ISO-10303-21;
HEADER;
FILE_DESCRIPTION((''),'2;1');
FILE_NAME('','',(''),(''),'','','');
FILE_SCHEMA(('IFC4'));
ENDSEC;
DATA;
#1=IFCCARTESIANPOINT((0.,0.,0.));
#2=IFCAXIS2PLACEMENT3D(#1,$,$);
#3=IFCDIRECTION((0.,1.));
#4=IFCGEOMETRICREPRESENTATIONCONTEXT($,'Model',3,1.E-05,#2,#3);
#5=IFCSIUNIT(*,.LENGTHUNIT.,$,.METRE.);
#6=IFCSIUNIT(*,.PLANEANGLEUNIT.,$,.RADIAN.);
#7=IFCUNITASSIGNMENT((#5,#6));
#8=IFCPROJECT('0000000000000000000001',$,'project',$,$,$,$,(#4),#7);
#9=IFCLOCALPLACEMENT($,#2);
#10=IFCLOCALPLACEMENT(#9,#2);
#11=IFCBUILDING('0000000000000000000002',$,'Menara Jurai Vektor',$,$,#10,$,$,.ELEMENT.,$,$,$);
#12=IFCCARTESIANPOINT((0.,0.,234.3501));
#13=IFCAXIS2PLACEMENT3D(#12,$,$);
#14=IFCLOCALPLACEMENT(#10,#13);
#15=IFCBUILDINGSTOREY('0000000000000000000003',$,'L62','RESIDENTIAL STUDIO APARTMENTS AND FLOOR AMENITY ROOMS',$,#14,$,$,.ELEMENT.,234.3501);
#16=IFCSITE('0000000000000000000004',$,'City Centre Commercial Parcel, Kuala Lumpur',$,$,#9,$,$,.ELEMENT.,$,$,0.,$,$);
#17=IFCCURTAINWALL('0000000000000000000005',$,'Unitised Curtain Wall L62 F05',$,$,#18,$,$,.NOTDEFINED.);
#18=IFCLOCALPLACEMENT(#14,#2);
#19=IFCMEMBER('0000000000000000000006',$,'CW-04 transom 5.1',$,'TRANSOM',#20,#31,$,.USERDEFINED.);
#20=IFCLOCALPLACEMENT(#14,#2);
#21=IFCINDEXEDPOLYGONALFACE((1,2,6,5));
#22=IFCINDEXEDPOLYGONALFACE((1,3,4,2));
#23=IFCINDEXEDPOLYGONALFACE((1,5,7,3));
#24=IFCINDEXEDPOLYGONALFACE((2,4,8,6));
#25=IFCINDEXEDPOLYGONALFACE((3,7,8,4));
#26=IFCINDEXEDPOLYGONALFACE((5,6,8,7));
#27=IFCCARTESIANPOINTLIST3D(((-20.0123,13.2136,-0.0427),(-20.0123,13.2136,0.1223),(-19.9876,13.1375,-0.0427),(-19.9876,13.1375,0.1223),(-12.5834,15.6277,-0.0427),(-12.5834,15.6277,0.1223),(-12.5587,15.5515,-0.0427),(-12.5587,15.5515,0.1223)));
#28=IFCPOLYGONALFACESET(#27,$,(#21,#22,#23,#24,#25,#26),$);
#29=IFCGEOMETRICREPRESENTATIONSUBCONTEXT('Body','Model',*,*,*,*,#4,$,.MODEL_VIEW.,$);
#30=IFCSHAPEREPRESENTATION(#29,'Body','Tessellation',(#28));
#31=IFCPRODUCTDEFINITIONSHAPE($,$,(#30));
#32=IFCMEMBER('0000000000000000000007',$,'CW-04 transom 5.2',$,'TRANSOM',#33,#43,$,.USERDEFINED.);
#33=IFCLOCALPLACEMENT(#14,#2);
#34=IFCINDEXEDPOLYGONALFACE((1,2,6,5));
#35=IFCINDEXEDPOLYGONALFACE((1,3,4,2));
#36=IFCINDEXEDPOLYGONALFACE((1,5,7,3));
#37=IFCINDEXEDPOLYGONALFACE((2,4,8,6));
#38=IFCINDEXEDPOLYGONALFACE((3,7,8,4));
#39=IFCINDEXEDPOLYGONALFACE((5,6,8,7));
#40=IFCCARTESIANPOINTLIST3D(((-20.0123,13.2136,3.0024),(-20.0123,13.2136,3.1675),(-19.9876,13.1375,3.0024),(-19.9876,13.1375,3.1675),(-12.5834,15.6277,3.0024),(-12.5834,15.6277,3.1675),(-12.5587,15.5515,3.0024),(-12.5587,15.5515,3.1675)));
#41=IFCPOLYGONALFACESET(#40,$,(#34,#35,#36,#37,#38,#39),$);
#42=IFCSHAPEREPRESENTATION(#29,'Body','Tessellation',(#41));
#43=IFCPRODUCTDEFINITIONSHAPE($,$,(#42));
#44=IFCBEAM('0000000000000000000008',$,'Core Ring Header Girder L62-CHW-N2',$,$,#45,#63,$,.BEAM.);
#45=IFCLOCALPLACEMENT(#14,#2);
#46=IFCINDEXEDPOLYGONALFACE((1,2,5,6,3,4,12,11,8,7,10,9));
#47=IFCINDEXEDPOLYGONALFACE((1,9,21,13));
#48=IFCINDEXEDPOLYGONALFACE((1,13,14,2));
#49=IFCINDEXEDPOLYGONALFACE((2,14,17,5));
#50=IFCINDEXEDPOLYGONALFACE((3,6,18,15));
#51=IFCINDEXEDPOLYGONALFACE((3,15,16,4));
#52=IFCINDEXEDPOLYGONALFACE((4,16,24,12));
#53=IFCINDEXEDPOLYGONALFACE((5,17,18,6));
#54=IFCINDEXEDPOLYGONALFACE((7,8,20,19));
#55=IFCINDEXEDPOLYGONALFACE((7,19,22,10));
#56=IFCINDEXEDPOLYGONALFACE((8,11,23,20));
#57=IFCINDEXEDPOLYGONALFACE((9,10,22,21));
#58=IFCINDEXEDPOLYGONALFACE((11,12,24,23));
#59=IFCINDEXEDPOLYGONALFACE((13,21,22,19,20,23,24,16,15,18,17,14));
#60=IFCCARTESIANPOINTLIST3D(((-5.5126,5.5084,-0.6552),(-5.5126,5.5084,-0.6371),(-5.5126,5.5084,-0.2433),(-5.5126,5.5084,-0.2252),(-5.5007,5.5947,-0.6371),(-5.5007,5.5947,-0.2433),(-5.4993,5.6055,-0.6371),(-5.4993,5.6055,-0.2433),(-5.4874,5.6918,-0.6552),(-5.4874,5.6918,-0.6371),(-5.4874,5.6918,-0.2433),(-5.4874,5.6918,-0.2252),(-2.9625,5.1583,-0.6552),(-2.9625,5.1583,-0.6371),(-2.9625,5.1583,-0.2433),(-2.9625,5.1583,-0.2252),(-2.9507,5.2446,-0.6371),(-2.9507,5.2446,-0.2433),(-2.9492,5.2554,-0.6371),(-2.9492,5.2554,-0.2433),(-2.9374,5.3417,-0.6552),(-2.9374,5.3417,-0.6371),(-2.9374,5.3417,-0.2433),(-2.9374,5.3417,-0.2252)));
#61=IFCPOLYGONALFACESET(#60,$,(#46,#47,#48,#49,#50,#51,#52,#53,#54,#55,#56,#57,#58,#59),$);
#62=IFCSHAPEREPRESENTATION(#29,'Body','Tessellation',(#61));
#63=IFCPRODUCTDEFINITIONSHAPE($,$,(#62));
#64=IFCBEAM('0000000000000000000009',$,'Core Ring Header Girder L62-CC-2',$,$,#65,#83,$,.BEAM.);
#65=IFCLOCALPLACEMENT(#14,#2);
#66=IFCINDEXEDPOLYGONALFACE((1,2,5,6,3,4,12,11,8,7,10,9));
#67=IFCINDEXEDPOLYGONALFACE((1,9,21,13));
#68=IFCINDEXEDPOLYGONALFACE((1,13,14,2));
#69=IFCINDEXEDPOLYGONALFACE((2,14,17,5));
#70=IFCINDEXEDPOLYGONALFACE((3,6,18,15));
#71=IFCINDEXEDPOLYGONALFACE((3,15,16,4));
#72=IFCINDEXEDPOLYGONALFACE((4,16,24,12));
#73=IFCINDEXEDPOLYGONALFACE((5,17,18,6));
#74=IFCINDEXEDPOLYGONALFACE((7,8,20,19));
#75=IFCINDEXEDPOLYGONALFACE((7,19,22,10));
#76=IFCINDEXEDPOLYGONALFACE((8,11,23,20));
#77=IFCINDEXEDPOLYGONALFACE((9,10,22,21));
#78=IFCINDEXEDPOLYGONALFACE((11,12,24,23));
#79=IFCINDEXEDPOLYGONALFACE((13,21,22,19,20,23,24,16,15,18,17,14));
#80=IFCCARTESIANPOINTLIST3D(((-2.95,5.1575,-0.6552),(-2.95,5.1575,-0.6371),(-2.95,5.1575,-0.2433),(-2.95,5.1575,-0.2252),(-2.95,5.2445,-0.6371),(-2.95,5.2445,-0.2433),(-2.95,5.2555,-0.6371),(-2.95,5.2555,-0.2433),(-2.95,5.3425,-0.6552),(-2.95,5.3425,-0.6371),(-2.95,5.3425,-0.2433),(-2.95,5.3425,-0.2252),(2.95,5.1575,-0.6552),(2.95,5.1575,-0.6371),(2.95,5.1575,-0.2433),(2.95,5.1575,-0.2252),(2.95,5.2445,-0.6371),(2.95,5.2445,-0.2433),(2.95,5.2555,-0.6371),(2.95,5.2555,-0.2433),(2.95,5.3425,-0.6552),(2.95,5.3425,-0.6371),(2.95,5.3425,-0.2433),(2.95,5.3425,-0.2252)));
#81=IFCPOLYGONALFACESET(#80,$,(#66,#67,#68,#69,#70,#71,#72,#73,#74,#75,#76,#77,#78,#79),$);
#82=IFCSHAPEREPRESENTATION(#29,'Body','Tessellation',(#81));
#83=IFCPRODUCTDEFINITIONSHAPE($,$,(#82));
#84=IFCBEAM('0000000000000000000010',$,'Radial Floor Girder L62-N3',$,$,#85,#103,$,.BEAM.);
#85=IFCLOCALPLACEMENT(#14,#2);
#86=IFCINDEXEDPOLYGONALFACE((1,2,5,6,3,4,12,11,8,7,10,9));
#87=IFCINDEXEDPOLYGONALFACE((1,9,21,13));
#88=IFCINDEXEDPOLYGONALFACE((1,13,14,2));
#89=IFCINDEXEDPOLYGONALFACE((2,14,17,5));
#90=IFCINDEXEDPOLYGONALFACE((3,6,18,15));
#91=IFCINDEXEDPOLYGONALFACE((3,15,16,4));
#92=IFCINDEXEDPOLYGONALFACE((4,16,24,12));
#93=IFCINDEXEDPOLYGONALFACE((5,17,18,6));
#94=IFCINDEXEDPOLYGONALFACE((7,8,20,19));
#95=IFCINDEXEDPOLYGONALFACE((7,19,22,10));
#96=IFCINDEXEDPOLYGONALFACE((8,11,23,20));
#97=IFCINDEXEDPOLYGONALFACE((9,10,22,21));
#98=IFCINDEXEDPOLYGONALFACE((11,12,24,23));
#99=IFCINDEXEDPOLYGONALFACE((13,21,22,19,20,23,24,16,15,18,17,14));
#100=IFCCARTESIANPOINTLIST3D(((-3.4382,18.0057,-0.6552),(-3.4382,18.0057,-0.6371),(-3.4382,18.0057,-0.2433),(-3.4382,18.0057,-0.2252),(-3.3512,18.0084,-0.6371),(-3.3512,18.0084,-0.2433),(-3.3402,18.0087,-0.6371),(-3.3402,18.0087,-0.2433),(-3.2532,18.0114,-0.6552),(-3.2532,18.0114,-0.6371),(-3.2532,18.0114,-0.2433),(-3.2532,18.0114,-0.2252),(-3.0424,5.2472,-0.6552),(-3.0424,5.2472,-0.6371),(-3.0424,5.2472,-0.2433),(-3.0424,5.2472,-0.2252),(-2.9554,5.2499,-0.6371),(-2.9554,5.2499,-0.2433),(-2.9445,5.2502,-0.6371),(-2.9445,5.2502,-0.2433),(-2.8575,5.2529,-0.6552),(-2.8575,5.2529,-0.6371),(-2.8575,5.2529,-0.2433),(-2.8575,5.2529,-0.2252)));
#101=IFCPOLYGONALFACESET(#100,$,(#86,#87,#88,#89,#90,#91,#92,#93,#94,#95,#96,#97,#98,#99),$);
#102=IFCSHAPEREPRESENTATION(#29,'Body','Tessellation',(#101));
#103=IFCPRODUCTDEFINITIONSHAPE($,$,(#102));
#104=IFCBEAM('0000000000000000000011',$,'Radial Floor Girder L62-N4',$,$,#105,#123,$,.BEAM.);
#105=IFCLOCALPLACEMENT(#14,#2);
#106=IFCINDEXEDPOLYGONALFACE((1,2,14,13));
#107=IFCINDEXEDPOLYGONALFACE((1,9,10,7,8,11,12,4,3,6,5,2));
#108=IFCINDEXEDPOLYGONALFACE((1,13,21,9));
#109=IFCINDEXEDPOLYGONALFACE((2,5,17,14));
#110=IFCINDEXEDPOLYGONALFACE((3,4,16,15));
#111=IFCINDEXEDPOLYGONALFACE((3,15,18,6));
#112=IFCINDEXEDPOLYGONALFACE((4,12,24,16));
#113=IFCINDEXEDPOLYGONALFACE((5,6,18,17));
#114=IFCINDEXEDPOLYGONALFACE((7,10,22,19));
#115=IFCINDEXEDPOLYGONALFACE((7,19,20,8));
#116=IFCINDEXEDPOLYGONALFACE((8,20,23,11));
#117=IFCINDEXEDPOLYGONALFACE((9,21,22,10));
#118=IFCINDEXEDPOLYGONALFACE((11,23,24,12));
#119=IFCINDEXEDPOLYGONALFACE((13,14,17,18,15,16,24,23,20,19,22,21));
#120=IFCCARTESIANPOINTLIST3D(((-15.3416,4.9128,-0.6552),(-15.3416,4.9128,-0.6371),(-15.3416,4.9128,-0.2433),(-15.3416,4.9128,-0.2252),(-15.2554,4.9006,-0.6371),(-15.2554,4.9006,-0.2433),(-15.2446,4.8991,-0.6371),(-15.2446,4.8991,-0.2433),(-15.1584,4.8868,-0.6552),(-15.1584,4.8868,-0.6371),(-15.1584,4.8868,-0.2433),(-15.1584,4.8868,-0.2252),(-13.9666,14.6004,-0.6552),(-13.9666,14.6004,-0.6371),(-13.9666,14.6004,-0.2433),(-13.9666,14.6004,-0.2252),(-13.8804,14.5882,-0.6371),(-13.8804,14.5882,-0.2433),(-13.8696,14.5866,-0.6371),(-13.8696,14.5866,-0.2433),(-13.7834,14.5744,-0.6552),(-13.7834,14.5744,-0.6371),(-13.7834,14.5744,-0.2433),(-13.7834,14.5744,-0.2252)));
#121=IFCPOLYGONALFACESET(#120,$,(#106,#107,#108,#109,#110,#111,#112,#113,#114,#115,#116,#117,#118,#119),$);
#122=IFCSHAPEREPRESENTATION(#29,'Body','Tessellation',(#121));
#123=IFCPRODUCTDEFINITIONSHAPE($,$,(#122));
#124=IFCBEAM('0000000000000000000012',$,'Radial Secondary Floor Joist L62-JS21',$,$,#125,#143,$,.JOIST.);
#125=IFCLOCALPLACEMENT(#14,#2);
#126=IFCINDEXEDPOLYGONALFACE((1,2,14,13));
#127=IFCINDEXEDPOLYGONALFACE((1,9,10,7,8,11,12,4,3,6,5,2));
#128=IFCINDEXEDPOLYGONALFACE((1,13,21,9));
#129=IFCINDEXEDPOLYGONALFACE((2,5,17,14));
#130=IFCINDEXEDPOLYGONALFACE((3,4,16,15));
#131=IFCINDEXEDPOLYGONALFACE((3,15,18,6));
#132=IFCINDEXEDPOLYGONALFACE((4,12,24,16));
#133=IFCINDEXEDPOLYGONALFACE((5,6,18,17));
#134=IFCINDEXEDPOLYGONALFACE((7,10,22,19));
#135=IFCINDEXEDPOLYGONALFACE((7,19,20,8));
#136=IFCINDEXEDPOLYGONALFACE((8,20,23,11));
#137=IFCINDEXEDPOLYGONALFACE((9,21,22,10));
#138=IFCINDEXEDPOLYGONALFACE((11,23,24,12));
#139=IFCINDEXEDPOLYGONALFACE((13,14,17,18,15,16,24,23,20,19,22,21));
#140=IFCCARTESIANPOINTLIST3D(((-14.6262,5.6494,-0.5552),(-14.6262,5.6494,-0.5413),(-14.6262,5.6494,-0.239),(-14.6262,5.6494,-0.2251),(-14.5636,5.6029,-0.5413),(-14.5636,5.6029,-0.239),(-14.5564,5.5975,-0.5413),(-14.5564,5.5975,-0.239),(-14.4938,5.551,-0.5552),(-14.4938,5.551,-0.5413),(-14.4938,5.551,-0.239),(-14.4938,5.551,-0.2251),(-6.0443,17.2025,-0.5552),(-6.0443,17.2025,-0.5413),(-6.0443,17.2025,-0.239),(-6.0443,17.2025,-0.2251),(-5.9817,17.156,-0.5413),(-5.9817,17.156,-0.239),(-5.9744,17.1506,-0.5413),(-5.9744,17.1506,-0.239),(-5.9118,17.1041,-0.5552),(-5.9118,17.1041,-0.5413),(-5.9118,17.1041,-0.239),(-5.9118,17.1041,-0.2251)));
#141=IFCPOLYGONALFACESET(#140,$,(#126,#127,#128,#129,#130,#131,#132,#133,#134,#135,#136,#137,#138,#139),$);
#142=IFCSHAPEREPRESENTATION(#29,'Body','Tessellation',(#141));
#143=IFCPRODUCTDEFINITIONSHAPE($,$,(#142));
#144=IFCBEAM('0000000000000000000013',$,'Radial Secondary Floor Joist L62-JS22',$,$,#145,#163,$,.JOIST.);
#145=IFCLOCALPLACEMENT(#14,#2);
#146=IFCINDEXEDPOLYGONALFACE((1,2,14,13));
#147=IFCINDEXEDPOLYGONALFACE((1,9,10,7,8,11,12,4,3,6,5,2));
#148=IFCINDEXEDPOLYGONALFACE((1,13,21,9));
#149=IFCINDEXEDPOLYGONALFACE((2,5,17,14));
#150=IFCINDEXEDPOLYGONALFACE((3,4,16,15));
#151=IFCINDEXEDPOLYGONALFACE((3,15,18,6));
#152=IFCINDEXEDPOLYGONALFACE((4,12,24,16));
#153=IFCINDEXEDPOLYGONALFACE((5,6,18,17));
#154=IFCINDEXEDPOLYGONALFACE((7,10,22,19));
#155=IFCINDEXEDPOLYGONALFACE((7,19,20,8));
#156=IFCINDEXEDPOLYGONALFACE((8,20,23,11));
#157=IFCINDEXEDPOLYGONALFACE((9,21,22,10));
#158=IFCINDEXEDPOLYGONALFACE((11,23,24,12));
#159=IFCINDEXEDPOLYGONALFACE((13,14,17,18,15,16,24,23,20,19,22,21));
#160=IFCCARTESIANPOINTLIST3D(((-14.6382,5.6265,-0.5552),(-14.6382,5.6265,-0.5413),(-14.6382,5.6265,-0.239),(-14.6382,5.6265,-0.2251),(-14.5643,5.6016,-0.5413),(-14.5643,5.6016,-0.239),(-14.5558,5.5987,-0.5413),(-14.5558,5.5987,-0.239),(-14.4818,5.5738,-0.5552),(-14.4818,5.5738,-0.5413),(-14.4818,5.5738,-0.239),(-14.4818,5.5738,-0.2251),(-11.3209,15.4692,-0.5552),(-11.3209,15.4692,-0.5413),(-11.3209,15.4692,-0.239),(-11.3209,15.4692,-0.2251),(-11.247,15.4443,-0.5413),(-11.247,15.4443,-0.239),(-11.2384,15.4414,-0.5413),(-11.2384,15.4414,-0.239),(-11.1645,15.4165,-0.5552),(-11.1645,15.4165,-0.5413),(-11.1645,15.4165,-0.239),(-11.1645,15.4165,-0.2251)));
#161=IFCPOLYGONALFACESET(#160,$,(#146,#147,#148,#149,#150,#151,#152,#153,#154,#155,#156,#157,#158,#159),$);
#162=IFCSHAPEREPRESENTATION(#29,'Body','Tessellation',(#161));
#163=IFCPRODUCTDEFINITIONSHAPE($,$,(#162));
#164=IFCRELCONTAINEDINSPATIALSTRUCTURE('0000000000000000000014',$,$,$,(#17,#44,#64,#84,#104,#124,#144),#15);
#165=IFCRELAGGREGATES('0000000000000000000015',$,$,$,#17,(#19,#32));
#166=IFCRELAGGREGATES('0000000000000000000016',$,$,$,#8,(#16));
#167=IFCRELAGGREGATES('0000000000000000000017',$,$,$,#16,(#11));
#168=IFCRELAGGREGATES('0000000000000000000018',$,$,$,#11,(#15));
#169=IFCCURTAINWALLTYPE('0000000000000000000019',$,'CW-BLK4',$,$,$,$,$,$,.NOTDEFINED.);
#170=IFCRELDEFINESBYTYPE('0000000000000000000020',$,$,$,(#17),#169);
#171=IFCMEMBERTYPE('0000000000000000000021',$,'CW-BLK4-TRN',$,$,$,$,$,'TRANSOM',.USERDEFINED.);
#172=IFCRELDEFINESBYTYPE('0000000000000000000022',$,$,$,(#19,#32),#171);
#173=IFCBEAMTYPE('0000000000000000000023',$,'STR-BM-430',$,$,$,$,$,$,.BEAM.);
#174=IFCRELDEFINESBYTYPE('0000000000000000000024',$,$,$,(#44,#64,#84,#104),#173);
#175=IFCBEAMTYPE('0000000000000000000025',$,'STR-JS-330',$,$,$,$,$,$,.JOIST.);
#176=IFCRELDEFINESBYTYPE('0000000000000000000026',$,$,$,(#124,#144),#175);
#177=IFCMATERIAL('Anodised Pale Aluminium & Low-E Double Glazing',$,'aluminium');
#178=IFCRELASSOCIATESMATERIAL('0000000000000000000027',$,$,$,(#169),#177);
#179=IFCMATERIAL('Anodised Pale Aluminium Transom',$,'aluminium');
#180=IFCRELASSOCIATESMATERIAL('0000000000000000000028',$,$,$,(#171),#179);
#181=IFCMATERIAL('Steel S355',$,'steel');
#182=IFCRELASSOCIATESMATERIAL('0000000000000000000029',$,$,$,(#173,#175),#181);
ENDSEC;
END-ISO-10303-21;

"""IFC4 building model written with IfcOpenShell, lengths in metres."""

from ifc_helpers import new_model, si_unit, direction, frame, origin, origin_2d, place, context, subcontext, project, spatial, rectangle, i_section, extrude, material, material_profile, profile_set, type_object, element, aggregate, save


model = new_model("IFC4")

# Units and contexts
model_context = context("Model", 3, precision=1e-05, world=origin(), true_north=direction((0.0, 1.0)))
body_context = subcontext(model_context, "Body", "Model", "MODEL_VIEW")
ifc_project = project(units=[si_unit("LENGTHUNIT", "METRE"), si_unit("PLANEANGLEUNIT", "RADIAN")], contexts=[model_context])

# Site, building, storey
site_placement = place(None, origin())
site = spatial("IfcSite", under=ifc_project, at=site_placement, Name="City Centre Commercial Parcel, Kuala Lumpur", CompositionType="ELEMENT", RefElevation=0.0)
building_placement = place(site_placement, origin())
building = spatial("IfcBuilding", under=site, at=building_placement, Name="Menara Jurai Vektor", CompositionType="ELEMENT")
storey_placement = place(building_placement, frame((0.0, 0.0, 234.3501)))
storey = spatial("IfcBuildingStorey", under=building, at=storey_placement, Name="L62", Description="RESIDENTIAL STUDIO APARTMENTS AND FLOOR AMENITY ROOMS", CompositionType="ELEMENT", Elevation=234.3501)

# Shared definitions
ifc_material_1 = material(Name="Steel S355", Category="steel")

# Curtain wall, members
ifc_material_2 = material(Name="Anodised Pale Aluminium & Low-E Double Glazing", Category="aluminium")
curtain_wall_type = type_object("IfcCurtainWallType", Name="CW-BLK4", PredefinedType="NOTDEFINED", material=ifc_material_2)
curtain_wall_placement = place(storey_placement, origin())
curtain_wall = element("IfcCurtainWall", 1, at=curtain_wall_placement, inside=storey, type_object=curtain_wall_type, Name="Unitised Curtain Wall L62 F05", PredefinedType="NOTDEFINED")
ifc_material_3 = material(Name="Anodised Pale Aluminium Transom", Category="aluminium")
ifc_material_profile_1 = material_profile(ifc_material_3, rectangle(XDim=0.0801, YDim=0.165, at=origin_2d()), Name="ALU TRN 80x165")
ifc_profile_set_1 = profile_set([ifc_material_profile_1], Name="Anodised Pale Aluminium Transom")
member_type_1 = type_object("IfcMemberType", Name="CW-BLK4-TRN", ElementType="TRANSOM", PredefinedType="USERDEFINED", material=ifc_profile_set_1)
member_1_placement = place(storey_placement, frame((-12.571, 15.5896, 0.0398), z_axis=(-0.951047, -0.309046, 0.0), x_axis=(0.309046, -0.951047, 0.0)))
member_1 = element("IfcMember", 2, at=member_1_placement, type_object=member_type_1, Name="CW-04 transom 5.1", ObjectType="TRANSOM", PredefinedType="USERDEFINED", context=body_context, shape_type="SweptSolid", body=[
    extrude(rectangle(XDim=0.0801, YDim=0.165, at=origin_2d()), origin(), (0.0, 0.0, 1.0), 7.8113),
])
member_2_placement = place(storey_placement, frame((-12.571, 15.5896, 3.085), z_axis=(-0.951047, -0.309046, 0.0), x_axis=(0.309046, -0.951047, 0.0)))
member_2 = element("IfcMember", 3, at=member_2_placement, type_object=member_type_1, Name="CW-04 transom 5.2", ObjectType="TRANSOM", PredefinedType="USERDEFINED", context=body_context, shape_type="SweptSolid", body=[
    extrude(rectangle(XDim=0.0801, YDim=0.165, at=origin_2d()), origin(), (0.0, 0.0, 1.0), 7.8113),
])

# Beams
ifc_material_profile_2 = material_profile(ifc_material_1, i_section(OverallWidth=0.1851, OverallDepth=0.4299, WebThickness=0.011, FlangeThickness=0.0181, at=origin_2d()), Name="PG 430x185x76")
ifc_profile_set_2 = profile_set([ifc_material_profile_2], Name="Steel S355")
beam_type_1 = type_object("IfcBeamType", Name="STR-BM-430", PredefinedType="BEAM", material=ifc_profile_set_2)
beam_1_placement = place(storey_placement, frame((-5.5, 5.6001, -0.4402), z_axis=(0.990707, -0.136015, 0.0), x_axis=(0.136015, 0.990707, 0.0)))
element("IfcBeam", 4, at=beam_1_placement, inside=storey, type_object=beam_type_1, Name="Core Ring Header Girder L62-CHW-N2", PredefinedType="BEAM", context=body_context, shape_type="SweptSolid", body=[
    extrude(i_section(OverallWidth=0.1851, OverallDepth=0.4299, WebThickness=0.011, FlangeThickness=0.0181, at=origin_2d()), origin(), (0.0, 0.0, 1.0), 2.574),
])
beam_2_placement = place(storey_placement, frame((-2.95, 5.25, -0.4402), z_axis=(1.0, 0.0, 0.0), x_axis=(0.0, 1.0, 0.0)))
element("IfcBeam", 5, at=beam_2_placement, inside=storey, type_object=beam_type_1, Name="Core Ring Header Girder L62-CC-2", PredefinedType="BEAM", context=body_context, shape_type="SweptSolid", body=[
    extrude(i_section(OverallWidth=0.1851, OverallDepth=0.4299, WebThickness=0.011, FlangeThickness=0.0181, at=origin_2d()), origin(), (0.0, 0.0, 1.0), 5.8999),
])
beam_3_placement = place(storey_placement, frame((-3.3457, 18.0085, -0.4402), z_axis=(0.031004, -0.999519, 0.0), x_axis=(0.999519, 0.031004, 0.0)))
element("IfcBeam", 6, at=beam_3_placement, inside=storey, type_object=beam_type_1, Name="Radial Floor Girder L62-N3", PredefinedType="BEAM", context=body_context, shape_type="SweptSolid", body=[
    extrude(i_section(OverallWidth=0.1851, OverallDepth=0.4299, WebThickness=0.011, FlangeThickness=0.0181, at=origin_2d()), origin(), (0.0, 0.0, 1.0), 12.7646),
])
beam_4_placement = place(storey_placement, frame((-13.875, 14.5874, -0.4402), z_axis=(-0.140527, -0.990077, 0.0), x_axis=(0.990077, -0.140527, 0.0)))
element("IfcBeam", 7, at=beam_4_placement, inside=storey, type_object=beam_type_1, Name="Radial Floor Girder L62-N4", PredefinedType="BEAM", context=body_context, shape_type="SweptSolid", body=[
    extrude(i_section(OverallWidth=0.1851, OverallDepth=0.4299, WebThickness=0.011, FlangeThickness=0.0181, at=origin_2d()), origin(), (0.0, 0.0, 1.0), 9.7847),
])
ifc_material_profile_3 = material_profile(ifc_material_1, i_section(OverallWidth=0.165, OverallDepth=0.3301, WebThickness=0.009, FlangeThickness=0.0139, at=origin_2d()), Name="PG 330x165x46")
ifc_profile_set_3 = profile_set([ifc_material_profile_3], Name="Steel S355")
beam_type_2 = type_object("IfcBeamType", Name="STR-JS-330", PredefinedType="JOIST", material=ifc_profile_set_3)
beam_5_placement = place(storey_placement, frame((-5.978, 17.1533, -0.3901), z_axis=(-0.596308, -0.802756, 0.0), x_axis=(0.802756, -0.596308, 0.0)))
element("IfcBeam", 8, at=beam_5_placement, inside=storey, type_object=beam_type_2, Name="Radial Secondary Floor Joist L62-JS21", PredefinedType="JOIST", context=body_context, shape_type="SweptSolid", body=[
    extrude(i_section(OverallWidth=0.165, OverallDepth=0.3301, WebThickness=0.009, FlangeThickness=0.0139, at=origin_2d()), origin(), (0.0, 0.0, 1.0), 14.3918),
])
beam_6_placement = place(storey_placement, frame((-11.2427, 15.4429, -0.3901), z_axis=(-0.319385, -0.947625, 0.0), x_axis=(0.947625, -0.319385, 0.0)))
element("IfcBeam", 9, at=beam_6_placement, inside=storey, type_object=beam_type_2, Name="Radial Secondary Floor Joist L62-JS22", PredefinedType="JOIST", context=body_context, shape_type="SweptSolid", body=[
    extrude(i_section(OverallWidth=0.165, OverallDepth=0.3301, WebThickness=0.009, FlangeThickness=0.0139, at=origin_2d()), origin(), (0.0, 0.0, 1.0), 10.3867),
])

aggregate(curtain_wall, [member_1, member_2])

save(model, "model.ifc")
